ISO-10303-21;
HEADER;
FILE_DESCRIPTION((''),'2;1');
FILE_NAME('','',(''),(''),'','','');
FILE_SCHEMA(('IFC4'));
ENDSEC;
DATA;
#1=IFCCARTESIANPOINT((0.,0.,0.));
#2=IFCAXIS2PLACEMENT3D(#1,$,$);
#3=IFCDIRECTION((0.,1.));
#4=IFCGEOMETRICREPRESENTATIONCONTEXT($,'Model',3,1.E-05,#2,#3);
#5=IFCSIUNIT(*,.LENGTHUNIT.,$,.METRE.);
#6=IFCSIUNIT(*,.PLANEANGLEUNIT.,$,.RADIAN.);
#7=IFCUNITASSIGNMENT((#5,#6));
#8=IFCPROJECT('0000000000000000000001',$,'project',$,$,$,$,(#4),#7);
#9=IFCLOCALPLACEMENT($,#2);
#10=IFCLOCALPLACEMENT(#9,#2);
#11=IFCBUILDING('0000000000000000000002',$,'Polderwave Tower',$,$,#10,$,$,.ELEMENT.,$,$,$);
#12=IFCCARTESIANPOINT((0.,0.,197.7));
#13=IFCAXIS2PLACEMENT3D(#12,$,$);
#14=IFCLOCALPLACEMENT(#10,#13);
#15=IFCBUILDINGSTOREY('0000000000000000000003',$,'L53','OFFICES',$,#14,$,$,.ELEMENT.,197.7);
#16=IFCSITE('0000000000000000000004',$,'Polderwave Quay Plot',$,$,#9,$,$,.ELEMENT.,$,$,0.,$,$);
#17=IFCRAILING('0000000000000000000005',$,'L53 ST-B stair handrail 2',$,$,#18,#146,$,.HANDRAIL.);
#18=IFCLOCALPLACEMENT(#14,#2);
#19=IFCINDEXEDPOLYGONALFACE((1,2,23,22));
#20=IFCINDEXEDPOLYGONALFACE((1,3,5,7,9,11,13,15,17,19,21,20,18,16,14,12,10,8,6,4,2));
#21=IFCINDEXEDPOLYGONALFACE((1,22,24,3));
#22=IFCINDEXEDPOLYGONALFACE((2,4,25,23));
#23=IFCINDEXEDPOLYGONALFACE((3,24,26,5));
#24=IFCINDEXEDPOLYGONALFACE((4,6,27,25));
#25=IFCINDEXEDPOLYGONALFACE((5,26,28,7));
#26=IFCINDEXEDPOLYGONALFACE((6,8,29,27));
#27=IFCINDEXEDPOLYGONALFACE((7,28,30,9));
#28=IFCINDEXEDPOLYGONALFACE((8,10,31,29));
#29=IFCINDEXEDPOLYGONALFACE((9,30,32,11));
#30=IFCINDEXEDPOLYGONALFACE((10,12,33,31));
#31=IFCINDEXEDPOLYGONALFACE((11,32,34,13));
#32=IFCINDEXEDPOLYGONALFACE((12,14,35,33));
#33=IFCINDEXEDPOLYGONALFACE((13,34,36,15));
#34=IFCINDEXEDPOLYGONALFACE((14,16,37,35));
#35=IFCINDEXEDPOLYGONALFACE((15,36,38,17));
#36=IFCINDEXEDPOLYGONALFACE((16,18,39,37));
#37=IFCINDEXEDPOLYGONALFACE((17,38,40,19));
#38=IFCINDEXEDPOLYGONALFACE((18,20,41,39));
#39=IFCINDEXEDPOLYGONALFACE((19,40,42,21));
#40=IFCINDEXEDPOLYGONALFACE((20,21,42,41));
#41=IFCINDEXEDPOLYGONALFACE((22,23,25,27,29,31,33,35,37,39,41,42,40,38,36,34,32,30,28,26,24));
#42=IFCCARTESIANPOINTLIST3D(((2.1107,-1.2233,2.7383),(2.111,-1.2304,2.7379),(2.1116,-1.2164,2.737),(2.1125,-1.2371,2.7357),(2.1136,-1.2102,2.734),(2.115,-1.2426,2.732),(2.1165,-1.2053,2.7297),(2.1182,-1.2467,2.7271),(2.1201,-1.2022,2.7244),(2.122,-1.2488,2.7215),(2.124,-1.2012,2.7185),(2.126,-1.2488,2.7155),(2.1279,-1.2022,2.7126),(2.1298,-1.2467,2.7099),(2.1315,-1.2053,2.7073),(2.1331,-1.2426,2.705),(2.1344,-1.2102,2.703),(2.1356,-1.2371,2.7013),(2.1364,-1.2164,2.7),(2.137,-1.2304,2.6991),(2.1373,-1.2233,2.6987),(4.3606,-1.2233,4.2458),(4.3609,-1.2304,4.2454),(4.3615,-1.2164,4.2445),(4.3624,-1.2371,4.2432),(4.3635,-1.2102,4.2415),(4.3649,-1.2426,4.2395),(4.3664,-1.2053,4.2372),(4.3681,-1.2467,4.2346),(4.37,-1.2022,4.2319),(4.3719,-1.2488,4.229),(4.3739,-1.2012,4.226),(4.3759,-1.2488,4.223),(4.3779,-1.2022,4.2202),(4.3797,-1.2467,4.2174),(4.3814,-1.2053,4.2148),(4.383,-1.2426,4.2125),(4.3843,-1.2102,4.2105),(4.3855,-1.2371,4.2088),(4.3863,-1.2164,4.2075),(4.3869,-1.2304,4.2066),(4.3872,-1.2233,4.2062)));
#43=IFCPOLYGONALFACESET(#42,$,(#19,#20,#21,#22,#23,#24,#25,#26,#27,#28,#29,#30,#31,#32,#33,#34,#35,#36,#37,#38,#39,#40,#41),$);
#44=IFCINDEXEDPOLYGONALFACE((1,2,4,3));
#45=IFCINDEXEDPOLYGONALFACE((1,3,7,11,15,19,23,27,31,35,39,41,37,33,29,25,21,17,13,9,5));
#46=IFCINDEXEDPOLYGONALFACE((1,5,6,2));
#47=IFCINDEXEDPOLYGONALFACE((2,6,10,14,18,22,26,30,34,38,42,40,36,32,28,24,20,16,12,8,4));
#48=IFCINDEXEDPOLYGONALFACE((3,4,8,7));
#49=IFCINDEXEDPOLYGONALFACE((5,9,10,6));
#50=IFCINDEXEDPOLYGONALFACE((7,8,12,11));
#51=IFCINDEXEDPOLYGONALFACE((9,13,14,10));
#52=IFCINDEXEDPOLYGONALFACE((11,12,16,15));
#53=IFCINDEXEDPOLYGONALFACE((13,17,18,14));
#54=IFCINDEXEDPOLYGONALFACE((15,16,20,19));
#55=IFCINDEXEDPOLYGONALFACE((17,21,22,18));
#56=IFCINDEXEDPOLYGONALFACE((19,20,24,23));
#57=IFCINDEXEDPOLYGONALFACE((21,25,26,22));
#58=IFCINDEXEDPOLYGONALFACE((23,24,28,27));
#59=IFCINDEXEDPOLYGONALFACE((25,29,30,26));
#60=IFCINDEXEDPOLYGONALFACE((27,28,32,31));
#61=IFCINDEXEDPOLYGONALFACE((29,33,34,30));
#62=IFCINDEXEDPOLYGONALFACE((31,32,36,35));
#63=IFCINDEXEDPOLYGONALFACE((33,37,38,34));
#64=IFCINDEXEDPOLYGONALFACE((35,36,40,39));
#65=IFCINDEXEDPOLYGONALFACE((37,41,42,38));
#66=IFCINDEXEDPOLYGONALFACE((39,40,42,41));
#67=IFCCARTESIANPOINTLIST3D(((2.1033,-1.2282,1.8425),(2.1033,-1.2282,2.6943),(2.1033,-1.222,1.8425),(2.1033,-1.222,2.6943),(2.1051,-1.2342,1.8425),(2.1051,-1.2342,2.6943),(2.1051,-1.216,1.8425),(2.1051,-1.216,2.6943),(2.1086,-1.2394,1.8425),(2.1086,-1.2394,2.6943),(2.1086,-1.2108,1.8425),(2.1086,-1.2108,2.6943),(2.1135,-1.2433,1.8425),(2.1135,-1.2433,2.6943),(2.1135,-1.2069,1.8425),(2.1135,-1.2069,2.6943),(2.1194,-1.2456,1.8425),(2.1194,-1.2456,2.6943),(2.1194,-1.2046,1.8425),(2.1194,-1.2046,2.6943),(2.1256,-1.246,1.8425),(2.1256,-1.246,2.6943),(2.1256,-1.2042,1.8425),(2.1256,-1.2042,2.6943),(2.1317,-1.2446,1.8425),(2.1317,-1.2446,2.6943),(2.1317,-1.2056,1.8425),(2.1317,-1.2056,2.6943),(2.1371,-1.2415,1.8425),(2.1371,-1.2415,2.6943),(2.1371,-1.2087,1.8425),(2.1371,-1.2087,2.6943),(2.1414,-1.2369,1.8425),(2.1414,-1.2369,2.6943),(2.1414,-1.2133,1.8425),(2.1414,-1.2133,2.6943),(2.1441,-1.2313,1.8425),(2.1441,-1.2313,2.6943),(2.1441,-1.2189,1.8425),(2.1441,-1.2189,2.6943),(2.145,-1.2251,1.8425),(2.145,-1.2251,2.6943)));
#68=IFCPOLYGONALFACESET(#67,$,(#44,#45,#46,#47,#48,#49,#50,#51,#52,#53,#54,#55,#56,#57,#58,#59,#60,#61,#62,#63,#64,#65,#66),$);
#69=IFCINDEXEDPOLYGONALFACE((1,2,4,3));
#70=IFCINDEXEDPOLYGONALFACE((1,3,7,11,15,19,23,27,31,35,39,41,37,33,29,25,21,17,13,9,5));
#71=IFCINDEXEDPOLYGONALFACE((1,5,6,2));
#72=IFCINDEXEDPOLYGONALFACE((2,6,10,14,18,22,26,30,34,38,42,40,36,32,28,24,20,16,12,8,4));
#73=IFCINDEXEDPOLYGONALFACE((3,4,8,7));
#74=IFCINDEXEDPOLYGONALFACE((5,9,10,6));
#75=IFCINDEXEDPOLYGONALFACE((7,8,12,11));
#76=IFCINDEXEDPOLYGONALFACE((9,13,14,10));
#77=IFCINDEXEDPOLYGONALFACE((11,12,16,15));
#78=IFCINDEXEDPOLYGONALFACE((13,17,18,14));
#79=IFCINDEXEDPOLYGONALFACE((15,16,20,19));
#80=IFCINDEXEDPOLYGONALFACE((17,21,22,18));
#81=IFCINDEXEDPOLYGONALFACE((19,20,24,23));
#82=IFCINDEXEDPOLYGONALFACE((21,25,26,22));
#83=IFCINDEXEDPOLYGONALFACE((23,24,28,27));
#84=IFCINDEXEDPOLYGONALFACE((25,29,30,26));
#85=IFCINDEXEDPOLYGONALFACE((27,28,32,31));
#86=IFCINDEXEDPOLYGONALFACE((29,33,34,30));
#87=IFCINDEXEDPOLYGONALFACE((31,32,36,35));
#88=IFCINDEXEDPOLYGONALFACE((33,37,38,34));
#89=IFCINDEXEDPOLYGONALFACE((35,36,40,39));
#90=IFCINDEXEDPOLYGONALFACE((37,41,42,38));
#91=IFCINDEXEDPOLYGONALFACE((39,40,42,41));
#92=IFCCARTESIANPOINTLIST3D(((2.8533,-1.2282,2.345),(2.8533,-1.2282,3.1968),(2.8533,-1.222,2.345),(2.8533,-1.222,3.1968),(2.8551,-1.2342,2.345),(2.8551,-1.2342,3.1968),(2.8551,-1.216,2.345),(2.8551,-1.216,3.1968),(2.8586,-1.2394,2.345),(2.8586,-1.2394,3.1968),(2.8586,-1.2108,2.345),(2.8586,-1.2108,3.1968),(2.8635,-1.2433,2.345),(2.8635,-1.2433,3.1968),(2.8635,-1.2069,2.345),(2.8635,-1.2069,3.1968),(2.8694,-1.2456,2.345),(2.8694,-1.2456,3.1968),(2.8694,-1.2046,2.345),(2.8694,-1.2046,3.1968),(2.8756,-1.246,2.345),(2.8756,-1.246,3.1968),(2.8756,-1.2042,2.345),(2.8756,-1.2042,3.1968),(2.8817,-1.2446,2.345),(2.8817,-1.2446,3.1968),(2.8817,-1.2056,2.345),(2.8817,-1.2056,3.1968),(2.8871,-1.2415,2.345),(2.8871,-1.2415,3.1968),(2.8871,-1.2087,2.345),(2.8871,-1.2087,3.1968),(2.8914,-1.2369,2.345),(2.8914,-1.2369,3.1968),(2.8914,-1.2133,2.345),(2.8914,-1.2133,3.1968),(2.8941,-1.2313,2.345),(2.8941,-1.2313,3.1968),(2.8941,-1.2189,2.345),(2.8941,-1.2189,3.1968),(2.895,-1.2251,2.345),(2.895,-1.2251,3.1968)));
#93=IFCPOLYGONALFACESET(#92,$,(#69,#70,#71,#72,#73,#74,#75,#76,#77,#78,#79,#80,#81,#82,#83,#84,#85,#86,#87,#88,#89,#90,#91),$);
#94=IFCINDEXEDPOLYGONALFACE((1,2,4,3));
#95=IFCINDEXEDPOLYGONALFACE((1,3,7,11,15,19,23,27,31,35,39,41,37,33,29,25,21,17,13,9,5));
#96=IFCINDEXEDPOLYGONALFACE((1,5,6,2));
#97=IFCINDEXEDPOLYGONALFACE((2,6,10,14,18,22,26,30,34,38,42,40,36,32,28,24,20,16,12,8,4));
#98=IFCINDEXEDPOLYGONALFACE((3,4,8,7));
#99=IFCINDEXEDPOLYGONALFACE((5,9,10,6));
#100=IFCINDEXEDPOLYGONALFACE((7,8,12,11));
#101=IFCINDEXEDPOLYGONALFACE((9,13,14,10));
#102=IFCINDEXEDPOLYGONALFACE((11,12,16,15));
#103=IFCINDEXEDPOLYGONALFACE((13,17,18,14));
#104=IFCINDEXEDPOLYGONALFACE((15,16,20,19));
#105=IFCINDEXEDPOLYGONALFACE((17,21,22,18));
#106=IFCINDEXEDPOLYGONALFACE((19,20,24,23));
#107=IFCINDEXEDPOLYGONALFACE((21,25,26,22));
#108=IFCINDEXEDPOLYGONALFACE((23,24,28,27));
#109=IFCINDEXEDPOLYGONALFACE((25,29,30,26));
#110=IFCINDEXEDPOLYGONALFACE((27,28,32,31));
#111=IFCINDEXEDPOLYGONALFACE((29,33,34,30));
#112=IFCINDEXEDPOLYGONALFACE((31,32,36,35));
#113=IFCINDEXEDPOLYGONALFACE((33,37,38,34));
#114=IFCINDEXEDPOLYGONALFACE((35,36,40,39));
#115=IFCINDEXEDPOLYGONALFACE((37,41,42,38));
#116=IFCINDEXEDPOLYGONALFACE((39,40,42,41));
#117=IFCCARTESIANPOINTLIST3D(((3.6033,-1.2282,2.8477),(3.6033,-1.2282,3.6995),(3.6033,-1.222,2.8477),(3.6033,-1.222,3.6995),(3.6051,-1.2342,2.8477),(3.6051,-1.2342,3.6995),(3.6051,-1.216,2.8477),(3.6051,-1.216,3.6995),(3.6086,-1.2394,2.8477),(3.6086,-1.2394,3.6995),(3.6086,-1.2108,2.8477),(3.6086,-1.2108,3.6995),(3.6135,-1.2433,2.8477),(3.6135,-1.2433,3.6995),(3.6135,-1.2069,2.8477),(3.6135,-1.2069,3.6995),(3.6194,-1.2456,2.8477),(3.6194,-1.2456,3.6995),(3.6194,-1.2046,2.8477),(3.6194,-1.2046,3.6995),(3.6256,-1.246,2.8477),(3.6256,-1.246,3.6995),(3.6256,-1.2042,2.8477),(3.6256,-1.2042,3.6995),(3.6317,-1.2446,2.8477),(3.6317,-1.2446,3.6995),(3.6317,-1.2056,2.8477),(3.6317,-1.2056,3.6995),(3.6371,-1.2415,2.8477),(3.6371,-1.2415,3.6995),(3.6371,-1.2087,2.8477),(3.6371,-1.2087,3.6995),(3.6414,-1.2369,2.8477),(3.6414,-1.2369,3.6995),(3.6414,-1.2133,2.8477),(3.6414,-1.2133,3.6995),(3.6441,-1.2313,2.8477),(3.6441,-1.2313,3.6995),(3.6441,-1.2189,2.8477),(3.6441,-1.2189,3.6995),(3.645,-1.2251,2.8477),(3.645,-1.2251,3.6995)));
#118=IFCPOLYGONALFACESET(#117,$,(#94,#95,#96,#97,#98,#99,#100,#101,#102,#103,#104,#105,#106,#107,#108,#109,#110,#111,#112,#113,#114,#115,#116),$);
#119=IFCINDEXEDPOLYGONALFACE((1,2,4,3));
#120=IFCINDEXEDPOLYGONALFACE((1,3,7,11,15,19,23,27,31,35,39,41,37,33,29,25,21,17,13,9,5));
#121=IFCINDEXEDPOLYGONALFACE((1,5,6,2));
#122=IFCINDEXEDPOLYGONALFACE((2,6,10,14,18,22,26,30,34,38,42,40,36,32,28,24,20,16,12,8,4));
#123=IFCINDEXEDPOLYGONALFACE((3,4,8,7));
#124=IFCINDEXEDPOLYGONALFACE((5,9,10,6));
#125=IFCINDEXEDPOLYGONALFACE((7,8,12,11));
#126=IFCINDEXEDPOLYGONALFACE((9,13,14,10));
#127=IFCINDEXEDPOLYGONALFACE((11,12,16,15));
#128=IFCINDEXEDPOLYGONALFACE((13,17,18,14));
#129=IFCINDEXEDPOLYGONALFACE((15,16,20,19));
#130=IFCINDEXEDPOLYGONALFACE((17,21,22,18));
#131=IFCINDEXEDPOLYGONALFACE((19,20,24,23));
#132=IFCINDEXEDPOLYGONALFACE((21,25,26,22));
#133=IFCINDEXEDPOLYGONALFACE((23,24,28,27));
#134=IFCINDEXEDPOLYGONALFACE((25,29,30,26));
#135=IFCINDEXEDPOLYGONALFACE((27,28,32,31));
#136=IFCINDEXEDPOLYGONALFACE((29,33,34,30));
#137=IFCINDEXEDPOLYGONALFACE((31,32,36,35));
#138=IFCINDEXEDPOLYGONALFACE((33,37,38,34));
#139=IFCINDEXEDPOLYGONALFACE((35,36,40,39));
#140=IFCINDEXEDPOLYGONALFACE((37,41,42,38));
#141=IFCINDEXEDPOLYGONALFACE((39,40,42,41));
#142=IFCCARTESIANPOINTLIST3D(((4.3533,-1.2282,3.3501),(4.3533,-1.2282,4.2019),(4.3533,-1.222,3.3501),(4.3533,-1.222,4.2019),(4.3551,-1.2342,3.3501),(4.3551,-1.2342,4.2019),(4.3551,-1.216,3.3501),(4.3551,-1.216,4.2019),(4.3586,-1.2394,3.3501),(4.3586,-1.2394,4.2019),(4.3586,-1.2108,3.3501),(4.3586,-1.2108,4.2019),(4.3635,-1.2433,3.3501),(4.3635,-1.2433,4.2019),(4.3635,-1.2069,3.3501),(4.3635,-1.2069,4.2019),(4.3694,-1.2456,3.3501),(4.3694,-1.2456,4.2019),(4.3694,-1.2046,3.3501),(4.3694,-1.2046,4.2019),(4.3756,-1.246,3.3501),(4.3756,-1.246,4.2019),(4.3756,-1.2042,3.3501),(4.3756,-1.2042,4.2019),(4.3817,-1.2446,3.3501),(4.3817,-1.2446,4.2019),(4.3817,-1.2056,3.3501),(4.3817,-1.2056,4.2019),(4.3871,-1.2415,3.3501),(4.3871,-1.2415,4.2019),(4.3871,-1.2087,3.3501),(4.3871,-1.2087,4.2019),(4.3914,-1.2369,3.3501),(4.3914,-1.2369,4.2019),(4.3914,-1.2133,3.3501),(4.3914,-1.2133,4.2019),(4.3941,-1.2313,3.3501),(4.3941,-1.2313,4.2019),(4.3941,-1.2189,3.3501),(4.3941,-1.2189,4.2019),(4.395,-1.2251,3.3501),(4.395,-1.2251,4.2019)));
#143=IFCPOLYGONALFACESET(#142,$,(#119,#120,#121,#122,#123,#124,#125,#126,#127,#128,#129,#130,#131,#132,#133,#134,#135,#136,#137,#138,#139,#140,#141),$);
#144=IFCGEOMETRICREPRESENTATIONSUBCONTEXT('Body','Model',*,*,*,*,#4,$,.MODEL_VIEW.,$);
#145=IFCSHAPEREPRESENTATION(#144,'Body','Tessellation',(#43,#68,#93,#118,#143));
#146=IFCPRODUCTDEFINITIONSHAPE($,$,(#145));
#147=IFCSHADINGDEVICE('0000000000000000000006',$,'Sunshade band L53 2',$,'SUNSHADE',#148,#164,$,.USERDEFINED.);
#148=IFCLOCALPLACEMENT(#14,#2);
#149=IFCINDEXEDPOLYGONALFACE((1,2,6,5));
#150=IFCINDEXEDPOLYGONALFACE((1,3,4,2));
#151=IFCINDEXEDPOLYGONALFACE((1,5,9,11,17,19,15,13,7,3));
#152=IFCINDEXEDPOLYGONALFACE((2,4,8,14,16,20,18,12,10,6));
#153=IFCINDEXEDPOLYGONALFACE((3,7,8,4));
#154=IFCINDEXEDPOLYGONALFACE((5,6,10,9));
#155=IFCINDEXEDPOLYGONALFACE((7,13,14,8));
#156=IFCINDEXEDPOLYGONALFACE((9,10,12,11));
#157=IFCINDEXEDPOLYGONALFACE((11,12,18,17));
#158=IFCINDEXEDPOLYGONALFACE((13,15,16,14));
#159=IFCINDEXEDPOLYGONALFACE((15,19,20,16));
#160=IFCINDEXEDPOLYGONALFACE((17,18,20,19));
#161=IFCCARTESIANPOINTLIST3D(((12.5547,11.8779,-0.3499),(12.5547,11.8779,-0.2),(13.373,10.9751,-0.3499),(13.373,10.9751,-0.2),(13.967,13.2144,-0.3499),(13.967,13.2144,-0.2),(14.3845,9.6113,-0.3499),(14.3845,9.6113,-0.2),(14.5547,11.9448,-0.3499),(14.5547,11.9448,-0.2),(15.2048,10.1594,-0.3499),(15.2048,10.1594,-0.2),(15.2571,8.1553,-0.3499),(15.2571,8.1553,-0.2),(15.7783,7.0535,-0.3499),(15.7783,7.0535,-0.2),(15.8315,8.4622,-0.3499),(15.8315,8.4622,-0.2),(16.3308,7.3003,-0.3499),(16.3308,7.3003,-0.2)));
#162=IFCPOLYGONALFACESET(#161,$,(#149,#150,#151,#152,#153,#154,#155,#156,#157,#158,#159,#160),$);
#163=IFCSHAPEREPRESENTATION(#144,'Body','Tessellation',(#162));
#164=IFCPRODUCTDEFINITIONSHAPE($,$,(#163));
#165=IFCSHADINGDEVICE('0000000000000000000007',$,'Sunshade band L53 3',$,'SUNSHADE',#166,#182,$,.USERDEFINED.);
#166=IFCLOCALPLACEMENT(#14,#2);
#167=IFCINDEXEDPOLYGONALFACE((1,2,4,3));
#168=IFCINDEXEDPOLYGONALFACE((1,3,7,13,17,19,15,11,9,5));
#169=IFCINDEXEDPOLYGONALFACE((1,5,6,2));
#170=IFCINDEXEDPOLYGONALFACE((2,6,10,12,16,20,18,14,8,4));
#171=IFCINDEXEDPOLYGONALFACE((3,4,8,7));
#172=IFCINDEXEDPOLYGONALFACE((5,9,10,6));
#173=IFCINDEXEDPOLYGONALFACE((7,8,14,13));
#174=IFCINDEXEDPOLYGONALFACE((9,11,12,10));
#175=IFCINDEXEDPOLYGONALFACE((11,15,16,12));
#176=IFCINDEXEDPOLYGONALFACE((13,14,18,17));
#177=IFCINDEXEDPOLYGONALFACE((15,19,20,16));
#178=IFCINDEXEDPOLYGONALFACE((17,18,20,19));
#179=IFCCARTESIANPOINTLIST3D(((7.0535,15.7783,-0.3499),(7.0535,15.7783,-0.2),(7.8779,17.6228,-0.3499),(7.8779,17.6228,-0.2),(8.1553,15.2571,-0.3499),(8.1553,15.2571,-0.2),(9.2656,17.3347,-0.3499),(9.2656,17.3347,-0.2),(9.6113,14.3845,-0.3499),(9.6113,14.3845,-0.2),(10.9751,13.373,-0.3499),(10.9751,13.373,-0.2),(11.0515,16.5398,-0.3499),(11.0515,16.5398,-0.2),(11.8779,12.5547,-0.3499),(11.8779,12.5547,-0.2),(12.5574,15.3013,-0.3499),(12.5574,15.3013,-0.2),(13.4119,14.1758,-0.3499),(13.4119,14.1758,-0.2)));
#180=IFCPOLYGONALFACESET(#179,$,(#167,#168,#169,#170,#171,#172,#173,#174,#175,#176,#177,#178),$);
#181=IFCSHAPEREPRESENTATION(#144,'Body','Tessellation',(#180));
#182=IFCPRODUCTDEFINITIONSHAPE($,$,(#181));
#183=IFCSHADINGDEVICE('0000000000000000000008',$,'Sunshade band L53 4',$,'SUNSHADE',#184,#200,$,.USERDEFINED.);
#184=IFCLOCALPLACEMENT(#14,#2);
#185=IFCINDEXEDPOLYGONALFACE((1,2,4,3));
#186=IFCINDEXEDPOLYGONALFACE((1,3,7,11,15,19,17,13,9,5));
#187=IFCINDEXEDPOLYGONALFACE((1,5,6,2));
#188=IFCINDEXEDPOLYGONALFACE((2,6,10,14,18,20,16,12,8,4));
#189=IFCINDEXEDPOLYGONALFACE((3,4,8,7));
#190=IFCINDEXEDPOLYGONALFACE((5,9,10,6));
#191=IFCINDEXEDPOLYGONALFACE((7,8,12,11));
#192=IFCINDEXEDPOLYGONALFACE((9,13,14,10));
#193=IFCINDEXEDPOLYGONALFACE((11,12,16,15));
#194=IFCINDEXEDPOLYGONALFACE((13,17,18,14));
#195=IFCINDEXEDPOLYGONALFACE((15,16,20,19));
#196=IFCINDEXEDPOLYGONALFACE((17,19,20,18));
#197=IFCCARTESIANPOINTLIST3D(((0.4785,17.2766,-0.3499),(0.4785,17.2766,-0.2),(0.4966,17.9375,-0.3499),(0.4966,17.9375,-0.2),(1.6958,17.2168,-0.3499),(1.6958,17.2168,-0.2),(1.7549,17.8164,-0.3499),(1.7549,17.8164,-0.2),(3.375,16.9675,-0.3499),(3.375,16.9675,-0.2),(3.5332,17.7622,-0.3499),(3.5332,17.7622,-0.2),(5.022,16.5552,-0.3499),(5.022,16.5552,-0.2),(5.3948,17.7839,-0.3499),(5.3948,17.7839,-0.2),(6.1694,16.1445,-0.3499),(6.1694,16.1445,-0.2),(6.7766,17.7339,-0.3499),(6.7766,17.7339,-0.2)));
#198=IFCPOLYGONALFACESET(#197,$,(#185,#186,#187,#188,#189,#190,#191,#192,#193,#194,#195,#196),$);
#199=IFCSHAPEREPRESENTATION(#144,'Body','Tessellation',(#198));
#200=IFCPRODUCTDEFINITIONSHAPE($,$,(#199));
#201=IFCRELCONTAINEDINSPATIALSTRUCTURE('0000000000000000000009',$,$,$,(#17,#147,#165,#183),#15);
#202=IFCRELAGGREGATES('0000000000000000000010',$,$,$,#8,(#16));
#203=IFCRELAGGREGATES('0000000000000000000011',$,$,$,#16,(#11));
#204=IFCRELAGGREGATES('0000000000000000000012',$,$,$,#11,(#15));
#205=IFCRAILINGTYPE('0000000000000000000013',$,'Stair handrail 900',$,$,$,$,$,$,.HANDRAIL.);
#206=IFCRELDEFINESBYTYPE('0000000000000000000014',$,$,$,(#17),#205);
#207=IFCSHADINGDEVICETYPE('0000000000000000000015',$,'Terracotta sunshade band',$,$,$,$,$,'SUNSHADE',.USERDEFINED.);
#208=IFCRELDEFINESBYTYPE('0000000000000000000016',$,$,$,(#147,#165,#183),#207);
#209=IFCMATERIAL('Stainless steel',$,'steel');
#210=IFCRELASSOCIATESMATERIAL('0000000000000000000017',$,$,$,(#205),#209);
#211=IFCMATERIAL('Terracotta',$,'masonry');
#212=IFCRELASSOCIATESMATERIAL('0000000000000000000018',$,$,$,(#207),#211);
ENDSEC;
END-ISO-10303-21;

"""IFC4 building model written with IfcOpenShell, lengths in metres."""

from ifc_helpers import new_model, si_unit, direction, frame, origin, origin_2d, place, context, subcontext, project, spatial, polyline, circle, outline, extrude, material, type_object, element, save


model = new_model("IFC4")

# Units and contexts
model_context = context("Model", 3, precision=1e-05, world=origin(), true_north=direction((0.0, 1.0)))
body_context = subcontext(model_context, "Body", "Model", "MODEL_VIEW")
ifc_project = project(units=[si_unit("LENGTHUNIT", "METRE"), si_unit("PLANEANGLEUNIT", "RADIAN")], contexts=[model_context])

# Site, building, storey
site_placement = place(None, origin())
site = spatial("IfcSite", under=ifc_project, at=site_placement, Name="Polderwave Quay Plot", CompositionType="ELEMENT", RefElevation=0.0)
building_placement = place(site_placement, origin())
building = spatial("IfcBuilding", under=site, at=building_placement, Name="Polderwave Tower", CompositionType="ELEMENT")
storey_placement = place(building_placement, frame((0.0, 0.0, 197.7)))
storey = spatial("IfcBuildingStorey", under=building, at=storey_placement, Name="L53", Description="OFFICES", CompositionType="ELEMENT", Elevation=197.7)

# Railing
ifc_material_1 = material(Name="Stainless steel", Category="steel")
railing_type_1 = type_object("IfcRailingType", Name="Stair handrail 900", PredefinedType="HANDRAIL", material=ifc_material_1)
railing_1_placement = place(storey_placement, frame((2.124, -1.2251, 1.8425)))
element("IfcRailing", 1, at=railing_1_placement, inside=storey, type_object=railing_type_1, Name="L53 ST-B stair handrail 2", PredefinedType="HANDRAIL", context=body_context, shape_type="SweptSolid", body=[
    extrude(circle(Radius=0.0239, at=origin_2d()), frame((0.0, 0.0, 0.876), z_axis=(0.830758, 0.0, 0.556633), x_axis=(0.0, 1.0, 0.0)), (0.0, 0.0, 1.0), 2.7083),
    extrude(circle(Radius=0.021, at=origin_2d()), origin(), (0.0, 0.0, 1.0), 0.8518),
    extrude(circle(Radius=0.021, at=origin_2d()), frame((0.75, 0.0, 0.5024)), (0.0, 0.0, 1.0), 0.8518),
    extrude(circle(Radius=0.021, at=origin_2d()), frame((1.5, 0.0, 1.0051)), (0.0, 0.0, 1.0), 0.8518),
    extrude(circle(Radius=0.021, at=origin_2d()), frame((2.25, 0.0, 1.5076)), (0.0, 0.0, 1.0), 0.8518),
])

# Shading devices
ifc_material_2 = material(Name="Terracotta", Category="masonry")
shading_device_type = type_object("IfcShadingDeviceType", Name="Terracotta sunshade band", ElementType="SUNSHADE", PredefinedType="USERDEFINED", material=ifc_material_2)
shading_device_1_placement = place(storey_placement, frame((0.0, 0.0, -0.3499)))
element("IfcShadingDevice", 2, at=shading_device_1_placement, inside=storey, type_object=shading_device_type, Name="Sunshade band L53 2", ObjectType="SUNSHADE", PredefinedType="USERDEFINED", context=body_context, shape_type="SweptSolid", body=[
    extrude(outline(polyline([(15.7783, 7.0535), (15.2571, 8.1553), (14.3845, 9.6113), (13.373, 10.9751), (12.5547, 11.8779), (13.967, 13.2144), (14.5547, 11.9448), (15.2048, 10.1594), (15.8315, 8.4622), (16.3308, 7.3003), (15.7783, 7.0535)])), origin(), (0.0, 0.0, 1.0), 0.1499),
])
shading_device_2_placement = place(storey_placement, frame((0.0, 0.0, -0.3499)))
element("IfcShadingDevice", 3, at=shading_device_2_placement, inside=storey, type_object=shading_device_type, Name="Sunshade band L53 3", ObjectType="SUNSHADE", PredefinedType="USERDEFINED", context=body_context, shape_type="SweptSolid", body=[
    extrude(outline(polyline([(11.8779, 12.5547), (10.9751, 13.373), (9.6113, 14.3845), (8.1553, 15.2571), (7.0535, 15.7783), (7.8779, 17.6228), (9.2656, 17.3347), (11.0515, 16.5398), (12.5574, 15.3013), (13.4119, 14.1758), (11.8779, 12.5547)])), origin(), (0.0, 0.0, 1.0), 0.1499),
])
shading_device_3_placement = place(storey_placement, frame((0.0, 0.0, -0.3499)))
element("IfcShadingDevice", 4, at=shading_device_3_placement, inside=storey, type_object=shading_device_type, Name="Sunshade band L53 4", ObjectType="SUNSHADE", PredefinedType="USERDEFINED", context=body_context, shape_type="SweptSolid", body=[
    extrude(outline(polyline([(6.1694, 16.1445), (5.022, 16.5552), (3.375, 16.9675), (1.6958, 17.2168), (0.4785, 17.2766), (0.4966, 17.9375), (1.7549, 17.8164), (3.5332, 17.7622), (5.3948, 17.7839), (6.7766, 17.7339), (6.1694, 16.1445)])), origin(), (0.0, 0.0, 1.0), 0.1499),
])

save(model, "model.ifc")
